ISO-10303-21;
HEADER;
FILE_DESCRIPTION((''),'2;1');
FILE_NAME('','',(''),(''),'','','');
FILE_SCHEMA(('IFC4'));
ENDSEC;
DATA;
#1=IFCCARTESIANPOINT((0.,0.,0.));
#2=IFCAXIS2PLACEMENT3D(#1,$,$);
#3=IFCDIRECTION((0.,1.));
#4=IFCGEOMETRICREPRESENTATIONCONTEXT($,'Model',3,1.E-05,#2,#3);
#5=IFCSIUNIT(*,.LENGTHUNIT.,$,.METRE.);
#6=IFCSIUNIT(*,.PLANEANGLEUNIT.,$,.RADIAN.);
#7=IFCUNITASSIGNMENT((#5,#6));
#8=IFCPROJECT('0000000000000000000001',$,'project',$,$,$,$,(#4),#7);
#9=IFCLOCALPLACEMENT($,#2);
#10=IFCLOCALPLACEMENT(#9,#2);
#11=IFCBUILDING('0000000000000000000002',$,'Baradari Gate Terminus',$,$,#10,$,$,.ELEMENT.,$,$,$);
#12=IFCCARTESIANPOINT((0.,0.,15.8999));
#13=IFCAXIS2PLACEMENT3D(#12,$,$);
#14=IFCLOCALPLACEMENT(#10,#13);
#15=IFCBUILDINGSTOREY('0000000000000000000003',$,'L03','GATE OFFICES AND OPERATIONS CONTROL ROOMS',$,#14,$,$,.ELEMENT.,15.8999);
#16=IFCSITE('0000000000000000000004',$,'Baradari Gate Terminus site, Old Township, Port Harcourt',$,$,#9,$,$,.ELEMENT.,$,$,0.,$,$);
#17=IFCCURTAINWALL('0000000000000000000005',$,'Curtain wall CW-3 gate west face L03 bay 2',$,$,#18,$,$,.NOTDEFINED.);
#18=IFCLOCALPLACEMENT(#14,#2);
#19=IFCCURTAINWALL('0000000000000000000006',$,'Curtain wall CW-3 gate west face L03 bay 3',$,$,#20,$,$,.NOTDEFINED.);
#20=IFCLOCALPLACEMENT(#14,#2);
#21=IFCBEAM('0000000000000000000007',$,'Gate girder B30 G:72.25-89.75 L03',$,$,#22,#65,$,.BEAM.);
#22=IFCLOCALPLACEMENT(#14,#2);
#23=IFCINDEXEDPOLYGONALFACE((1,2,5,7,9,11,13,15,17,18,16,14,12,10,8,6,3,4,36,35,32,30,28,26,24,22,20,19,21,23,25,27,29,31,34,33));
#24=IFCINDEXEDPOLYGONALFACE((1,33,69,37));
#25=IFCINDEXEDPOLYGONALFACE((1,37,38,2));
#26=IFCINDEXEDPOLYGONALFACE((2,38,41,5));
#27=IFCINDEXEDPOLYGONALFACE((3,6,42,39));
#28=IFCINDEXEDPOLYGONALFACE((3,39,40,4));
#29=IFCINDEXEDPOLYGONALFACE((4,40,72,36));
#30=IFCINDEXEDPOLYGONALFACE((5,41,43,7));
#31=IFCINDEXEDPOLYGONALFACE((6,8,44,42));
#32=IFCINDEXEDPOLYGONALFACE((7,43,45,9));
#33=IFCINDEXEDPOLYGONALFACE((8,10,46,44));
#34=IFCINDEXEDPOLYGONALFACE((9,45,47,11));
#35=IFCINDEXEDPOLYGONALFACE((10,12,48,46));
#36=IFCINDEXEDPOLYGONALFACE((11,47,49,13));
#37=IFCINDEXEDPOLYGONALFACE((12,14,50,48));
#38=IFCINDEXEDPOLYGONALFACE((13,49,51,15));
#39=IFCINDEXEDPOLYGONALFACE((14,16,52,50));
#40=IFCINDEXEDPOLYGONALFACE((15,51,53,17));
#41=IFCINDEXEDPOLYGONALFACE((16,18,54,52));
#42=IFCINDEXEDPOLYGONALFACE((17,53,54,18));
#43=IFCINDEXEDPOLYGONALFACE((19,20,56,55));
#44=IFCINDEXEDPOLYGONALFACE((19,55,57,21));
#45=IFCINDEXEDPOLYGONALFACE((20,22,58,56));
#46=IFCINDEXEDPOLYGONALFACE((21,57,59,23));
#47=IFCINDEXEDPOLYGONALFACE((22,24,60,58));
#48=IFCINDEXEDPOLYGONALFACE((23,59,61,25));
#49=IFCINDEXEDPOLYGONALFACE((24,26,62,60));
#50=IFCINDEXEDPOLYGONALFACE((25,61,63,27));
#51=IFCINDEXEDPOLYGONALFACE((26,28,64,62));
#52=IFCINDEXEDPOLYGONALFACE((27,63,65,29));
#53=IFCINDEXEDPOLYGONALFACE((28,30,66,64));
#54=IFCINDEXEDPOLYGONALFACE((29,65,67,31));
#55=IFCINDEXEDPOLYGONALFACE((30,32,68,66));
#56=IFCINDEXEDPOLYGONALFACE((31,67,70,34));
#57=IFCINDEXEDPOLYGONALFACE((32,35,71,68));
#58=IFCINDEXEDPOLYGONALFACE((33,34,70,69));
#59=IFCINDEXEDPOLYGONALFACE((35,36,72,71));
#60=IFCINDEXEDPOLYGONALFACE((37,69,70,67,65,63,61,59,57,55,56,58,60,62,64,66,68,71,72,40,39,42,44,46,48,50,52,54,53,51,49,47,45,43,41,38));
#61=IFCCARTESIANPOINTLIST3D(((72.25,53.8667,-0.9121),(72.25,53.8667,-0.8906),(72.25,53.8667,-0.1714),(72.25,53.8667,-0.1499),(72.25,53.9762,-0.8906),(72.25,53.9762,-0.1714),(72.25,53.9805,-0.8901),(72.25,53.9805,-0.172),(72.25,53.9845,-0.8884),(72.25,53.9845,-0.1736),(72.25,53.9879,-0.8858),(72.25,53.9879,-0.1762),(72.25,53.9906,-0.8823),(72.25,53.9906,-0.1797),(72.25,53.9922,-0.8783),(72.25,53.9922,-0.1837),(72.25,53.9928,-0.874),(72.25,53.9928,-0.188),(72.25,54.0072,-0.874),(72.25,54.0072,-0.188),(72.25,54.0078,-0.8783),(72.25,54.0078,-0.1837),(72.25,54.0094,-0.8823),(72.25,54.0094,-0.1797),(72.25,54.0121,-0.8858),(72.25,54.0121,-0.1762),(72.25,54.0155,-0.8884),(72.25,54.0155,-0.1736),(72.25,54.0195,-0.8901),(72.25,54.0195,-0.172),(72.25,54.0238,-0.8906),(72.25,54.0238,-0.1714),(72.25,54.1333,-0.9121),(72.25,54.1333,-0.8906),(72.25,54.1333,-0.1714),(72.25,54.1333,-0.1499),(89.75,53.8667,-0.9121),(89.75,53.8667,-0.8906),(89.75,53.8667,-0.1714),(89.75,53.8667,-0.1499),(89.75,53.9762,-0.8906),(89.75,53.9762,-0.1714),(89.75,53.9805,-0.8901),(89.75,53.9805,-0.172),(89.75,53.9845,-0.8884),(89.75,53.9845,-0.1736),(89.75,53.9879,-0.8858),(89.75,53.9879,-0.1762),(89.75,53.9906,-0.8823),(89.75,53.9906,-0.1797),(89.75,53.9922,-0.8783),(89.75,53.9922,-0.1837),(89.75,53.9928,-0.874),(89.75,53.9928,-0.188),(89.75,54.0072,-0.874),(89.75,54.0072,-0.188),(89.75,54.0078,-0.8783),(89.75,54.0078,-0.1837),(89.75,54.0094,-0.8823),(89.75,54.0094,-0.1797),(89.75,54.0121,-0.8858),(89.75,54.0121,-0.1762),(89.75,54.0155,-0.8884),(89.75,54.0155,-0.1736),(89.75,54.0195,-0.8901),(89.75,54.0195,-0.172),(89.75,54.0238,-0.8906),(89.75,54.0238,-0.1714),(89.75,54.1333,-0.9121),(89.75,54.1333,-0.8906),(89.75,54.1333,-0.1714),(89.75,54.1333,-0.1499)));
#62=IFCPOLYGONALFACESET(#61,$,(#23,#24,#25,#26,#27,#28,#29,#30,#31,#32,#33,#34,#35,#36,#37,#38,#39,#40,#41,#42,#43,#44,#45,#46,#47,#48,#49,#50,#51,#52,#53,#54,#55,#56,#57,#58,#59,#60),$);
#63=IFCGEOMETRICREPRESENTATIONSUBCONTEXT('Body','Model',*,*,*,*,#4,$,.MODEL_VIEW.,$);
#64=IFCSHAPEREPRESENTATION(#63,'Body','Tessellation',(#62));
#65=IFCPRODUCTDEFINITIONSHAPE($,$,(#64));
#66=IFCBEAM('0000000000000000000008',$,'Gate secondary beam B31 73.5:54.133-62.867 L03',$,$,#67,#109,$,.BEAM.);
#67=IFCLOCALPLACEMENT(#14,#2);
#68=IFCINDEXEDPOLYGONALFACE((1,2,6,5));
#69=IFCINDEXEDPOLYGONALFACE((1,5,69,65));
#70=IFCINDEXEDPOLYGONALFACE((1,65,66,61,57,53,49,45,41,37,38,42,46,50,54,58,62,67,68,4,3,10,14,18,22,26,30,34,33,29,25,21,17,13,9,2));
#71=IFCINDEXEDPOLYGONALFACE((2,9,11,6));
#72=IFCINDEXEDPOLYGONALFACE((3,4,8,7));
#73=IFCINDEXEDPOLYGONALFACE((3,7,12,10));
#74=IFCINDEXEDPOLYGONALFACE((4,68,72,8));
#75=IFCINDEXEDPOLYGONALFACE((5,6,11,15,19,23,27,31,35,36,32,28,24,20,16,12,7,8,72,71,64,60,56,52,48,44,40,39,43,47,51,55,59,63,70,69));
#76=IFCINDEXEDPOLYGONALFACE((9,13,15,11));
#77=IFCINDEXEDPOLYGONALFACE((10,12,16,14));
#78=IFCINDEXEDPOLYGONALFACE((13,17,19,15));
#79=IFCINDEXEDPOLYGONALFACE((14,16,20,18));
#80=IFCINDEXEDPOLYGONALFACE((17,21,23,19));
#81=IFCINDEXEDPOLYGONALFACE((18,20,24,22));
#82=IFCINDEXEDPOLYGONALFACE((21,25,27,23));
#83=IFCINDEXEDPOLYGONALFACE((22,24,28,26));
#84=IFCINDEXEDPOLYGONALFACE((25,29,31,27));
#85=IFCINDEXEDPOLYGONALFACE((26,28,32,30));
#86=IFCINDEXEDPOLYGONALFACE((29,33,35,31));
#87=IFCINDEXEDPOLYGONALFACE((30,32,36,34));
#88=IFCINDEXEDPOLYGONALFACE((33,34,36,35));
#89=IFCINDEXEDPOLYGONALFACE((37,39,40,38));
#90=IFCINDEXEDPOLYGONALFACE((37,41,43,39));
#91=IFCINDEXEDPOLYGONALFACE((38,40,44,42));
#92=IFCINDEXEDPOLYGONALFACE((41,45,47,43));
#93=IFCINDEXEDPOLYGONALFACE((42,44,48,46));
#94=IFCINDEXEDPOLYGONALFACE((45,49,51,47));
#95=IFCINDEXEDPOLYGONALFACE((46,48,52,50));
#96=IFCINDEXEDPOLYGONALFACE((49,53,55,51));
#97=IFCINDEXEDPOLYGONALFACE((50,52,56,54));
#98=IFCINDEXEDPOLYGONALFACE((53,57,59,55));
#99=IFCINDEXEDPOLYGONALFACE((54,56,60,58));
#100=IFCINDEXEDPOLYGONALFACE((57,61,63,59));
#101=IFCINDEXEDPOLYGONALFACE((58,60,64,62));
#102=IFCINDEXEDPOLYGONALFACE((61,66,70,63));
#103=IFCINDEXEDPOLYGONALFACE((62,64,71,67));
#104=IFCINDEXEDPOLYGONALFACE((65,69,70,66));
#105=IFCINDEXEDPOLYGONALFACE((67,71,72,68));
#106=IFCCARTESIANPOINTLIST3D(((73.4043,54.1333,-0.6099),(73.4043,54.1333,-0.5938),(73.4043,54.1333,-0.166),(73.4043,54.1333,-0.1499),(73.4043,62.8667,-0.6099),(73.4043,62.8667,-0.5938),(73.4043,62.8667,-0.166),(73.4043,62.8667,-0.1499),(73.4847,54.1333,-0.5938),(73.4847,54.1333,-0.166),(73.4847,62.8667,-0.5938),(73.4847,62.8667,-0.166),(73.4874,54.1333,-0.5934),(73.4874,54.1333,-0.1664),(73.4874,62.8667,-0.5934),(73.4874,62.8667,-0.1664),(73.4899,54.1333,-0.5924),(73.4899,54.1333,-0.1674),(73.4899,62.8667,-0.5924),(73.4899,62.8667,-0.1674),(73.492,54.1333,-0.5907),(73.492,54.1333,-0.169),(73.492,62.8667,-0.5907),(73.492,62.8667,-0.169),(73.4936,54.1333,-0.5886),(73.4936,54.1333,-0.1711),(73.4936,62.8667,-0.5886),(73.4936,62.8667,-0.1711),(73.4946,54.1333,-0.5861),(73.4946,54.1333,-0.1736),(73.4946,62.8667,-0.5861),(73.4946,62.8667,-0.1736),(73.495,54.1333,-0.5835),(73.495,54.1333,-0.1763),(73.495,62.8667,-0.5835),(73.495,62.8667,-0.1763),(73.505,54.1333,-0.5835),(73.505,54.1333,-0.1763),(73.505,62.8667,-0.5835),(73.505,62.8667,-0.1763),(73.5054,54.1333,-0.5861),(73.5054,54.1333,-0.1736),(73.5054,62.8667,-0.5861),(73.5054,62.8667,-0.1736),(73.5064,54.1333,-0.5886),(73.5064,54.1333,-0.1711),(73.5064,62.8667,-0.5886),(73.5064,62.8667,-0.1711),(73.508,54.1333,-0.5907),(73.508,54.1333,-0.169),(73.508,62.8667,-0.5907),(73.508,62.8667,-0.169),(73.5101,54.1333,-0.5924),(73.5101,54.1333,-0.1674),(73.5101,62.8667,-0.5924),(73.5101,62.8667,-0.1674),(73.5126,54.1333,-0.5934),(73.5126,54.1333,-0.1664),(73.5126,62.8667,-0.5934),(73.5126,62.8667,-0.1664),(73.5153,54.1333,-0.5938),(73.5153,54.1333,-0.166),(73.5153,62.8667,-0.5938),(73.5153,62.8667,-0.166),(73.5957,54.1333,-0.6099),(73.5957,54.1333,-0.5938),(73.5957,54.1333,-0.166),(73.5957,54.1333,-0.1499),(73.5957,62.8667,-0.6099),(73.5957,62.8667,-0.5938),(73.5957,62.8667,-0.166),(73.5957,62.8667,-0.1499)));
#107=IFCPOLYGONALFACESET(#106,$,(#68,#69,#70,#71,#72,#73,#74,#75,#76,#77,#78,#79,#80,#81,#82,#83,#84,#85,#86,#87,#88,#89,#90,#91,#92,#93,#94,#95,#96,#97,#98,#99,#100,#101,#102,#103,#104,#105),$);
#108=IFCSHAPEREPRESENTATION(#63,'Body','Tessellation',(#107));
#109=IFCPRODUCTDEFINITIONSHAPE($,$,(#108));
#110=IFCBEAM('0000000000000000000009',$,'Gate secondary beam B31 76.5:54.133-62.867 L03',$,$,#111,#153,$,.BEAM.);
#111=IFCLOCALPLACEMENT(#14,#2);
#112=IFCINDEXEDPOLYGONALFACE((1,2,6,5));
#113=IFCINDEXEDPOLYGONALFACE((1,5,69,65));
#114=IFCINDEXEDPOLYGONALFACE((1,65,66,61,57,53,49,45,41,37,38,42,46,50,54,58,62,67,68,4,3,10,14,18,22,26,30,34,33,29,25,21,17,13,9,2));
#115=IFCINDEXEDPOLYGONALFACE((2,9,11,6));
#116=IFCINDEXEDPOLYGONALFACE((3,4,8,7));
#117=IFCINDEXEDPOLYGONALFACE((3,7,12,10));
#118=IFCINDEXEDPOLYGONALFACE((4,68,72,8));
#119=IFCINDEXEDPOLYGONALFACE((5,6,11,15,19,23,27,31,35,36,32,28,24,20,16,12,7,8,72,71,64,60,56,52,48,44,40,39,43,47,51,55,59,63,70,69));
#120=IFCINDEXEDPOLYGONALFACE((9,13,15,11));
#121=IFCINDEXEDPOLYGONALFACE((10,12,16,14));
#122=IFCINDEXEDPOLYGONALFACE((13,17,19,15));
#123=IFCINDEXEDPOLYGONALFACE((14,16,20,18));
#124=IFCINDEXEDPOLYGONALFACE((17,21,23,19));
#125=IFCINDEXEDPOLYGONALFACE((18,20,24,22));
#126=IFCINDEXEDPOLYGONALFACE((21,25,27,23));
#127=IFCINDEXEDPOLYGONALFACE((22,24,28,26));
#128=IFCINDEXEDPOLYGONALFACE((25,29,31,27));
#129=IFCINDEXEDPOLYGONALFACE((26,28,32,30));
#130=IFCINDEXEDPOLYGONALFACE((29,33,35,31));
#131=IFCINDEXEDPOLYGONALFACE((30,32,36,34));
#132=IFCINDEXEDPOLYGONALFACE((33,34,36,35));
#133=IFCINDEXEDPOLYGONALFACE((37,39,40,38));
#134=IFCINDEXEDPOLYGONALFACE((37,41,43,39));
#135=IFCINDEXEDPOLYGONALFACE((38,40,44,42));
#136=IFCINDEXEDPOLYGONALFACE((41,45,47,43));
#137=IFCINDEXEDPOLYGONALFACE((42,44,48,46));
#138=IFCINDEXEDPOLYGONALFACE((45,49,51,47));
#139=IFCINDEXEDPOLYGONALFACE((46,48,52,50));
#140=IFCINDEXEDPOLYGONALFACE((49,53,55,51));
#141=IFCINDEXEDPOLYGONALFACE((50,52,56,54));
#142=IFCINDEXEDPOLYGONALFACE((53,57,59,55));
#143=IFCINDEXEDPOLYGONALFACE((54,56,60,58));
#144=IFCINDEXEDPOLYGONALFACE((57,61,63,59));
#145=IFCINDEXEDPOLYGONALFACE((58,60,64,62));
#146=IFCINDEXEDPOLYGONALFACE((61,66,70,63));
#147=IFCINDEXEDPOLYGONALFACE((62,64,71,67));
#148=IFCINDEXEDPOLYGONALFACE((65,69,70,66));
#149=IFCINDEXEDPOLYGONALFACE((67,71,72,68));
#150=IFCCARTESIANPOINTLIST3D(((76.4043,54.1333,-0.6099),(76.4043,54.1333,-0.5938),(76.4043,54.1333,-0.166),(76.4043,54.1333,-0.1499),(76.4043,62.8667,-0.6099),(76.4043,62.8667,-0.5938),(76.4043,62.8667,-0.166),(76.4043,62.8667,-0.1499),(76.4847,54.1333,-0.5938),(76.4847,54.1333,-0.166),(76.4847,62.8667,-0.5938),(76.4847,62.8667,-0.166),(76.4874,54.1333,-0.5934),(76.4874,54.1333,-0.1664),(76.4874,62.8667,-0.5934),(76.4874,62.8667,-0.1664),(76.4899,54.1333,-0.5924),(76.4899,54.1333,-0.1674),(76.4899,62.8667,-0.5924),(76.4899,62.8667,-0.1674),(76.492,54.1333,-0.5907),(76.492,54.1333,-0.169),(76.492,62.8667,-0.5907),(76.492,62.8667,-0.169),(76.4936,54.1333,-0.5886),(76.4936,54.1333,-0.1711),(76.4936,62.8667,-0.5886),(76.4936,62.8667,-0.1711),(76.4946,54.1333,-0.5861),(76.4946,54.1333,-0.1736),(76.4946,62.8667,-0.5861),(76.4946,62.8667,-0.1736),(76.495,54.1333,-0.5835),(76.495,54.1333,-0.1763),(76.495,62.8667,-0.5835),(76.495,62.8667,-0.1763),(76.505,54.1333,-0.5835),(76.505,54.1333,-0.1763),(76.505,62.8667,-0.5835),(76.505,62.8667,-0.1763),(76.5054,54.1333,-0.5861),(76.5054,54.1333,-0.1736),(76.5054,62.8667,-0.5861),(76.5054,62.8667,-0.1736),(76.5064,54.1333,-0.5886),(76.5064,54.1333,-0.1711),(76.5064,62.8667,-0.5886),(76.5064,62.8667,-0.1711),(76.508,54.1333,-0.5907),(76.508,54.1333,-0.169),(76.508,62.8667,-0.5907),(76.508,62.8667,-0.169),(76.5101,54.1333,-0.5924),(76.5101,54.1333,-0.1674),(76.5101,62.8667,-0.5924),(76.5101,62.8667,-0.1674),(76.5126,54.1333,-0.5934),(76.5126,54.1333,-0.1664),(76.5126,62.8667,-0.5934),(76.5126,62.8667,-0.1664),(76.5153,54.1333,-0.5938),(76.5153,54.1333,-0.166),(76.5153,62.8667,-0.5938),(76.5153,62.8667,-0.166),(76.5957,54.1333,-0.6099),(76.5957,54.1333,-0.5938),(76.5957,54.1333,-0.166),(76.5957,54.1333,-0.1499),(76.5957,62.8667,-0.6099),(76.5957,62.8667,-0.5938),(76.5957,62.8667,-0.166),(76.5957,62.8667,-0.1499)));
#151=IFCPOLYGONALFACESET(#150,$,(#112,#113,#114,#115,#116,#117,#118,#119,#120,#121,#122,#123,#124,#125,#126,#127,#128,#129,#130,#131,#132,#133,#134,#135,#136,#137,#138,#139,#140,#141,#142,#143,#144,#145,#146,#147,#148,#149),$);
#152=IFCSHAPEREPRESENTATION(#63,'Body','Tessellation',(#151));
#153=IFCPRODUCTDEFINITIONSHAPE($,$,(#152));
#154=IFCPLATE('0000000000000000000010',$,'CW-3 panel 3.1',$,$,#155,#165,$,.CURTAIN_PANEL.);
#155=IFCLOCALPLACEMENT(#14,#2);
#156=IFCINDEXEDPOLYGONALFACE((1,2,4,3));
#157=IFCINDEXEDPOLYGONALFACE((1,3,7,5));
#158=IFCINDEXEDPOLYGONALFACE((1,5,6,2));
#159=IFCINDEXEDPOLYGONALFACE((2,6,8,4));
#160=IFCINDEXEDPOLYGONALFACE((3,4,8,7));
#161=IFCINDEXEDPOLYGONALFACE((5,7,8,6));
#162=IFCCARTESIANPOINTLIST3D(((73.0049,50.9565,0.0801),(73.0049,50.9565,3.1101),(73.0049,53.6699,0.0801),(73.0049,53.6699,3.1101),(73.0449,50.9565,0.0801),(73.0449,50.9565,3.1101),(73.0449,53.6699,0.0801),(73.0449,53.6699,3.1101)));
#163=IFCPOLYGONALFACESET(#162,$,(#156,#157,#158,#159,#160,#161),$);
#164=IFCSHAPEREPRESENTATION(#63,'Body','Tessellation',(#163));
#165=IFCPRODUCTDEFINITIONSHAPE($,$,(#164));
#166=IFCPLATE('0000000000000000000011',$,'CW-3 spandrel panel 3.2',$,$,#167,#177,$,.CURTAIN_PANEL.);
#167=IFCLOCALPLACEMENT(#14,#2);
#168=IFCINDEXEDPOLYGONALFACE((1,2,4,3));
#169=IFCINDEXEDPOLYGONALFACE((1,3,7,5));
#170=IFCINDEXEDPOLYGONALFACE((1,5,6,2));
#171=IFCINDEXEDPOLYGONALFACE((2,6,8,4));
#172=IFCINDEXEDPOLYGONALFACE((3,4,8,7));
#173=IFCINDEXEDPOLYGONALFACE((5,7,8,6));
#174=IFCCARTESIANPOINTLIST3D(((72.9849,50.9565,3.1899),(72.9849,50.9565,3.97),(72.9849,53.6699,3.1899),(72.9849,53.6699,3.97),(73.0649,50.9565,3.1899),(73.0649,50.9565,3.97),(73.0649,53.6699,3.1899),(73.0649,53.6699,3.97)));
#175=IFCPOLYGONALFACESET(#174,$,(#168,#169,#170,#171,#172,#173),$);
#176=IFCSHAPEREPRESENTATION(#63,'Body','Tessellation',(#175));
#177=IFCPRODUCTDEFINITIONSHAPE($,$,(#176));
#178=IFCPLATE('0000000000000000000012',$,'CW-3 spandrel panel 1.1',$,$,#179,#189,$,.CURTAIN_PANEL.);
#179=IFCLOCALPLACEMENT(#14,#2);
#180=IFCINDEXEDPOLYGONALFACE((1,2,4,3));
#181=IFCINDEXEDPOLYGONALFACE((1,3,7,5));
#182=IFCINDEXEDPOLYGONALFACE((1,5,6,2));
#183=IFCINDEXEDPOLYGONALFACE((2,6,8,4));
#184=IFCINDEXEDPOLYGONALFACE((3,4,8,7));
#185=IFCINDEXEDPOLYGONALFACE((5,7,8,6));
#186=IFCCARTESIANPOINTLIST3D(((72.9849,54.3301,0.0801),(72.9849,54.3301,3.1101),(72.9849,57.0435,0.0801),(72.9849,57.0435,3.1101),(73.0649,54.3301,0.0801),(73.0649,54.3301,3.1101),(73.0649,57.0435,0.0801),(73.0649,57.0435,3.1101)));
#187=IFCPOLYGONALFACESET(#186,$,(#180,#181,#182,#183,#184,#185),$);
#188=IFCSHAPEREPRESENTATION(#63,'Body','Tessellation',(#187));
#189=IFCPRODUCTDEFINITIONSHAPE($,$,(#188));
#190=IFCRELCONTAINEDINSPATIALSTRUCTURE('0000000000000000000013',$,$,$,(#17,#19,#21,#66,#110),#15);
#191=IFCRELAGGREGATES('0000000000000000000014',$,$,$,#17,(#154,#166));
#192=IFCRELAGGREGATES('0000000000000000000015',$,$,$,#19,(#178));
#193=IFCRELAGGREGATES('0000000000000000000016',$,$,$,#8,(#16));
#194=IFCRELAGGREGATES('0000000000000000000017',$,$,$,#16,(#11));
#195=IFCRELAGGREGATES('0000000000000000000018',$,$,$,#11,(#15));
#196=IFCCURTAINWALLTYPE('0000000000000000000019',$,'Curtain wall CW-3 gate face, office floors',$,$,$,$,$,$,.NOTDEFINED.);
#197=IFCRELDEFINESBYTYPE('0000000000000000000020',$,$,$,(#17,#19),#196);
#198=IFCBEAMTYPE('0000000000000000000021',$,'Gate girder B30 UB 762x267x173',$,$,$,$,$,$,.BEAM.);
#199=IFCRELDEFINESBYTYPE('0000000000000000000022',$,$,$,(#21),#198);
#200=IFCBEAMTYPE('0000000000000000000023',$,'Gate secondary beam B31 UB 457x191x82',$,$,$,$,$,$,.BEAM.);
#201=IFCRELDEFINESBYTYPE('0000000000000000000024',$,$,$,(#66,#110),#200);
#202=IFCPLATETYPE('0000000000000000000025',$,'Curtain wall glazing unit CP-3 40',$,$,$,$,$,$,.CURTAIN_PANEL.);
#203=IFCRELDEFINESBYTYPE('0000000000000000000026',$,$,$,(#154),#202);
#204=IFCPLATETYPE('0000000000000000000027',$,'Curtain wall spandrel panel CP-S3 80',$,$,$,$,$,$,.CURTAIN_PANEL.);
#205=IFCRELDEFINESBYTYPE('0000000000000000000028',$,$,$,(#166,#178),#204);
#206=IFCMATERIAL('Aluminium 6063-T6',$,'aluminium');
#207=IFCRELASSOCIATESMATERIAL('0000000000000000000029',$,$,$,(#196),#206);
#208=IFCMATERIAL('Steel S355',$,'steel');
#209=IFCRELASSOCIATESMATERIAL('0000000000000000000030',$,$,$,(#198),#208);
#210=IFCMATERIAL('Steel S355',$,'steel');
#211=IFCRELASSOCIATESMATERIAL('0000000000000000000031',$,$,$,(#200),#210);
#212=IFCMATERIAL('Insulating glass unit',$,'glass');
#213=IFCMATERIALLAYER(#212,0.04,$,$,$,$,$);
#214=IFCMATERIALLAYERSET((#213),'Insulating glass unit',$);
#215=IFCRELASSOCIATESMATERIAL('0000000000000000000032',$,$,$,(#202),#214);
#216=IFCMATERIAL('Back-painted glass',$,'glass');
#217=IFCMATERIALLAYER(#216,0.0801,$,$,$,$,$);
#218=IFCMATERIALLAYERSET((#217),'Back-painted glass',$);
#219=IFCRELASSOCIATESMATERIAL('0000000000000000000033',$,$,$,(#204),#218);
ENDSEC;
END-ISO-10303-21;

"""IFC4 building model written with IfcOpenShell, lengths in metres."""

from ifc_helpers import new_model, si_unit, direction, frame, origin, origin_2d, place, context, subcontext, project, spatial, rectangle, i_section, extrude, material, layer, layer_set, material_profile, profile_set, type_object, element, aggregate, save


model = new_model("IFC4")

# Units and contexts
model_context = context("Model", 3, precision=1e-05, world=origin(), true_north=direction((0.0, 1.0)))
body_context = subcontext(model_context, "Body", "Model", "MODEL_VIEW")
ifc_project = project(units=[si_unit("LENGTHUNIT", "METRE"), si_unit("PLANEANGLEUNIT", "RADIAN")], contexts=[model_context])

# Site, building, storey
site_placement = place(None, origin())
site = spatial("IfcSite", under=ifc_project, at=site_placement, Name="Baradari Gate Terminus site, Old Township, Port Harcourt", CompositionType="ELEMENT", RefElevation=0.0)
building_placement = place(site_placement, origin())
building = spatial("IfcBuilding", under=site, at=building_placement, Name="Baradari Gate Terminus", CompositionType="ELEMENT")
storey_placement = place(building_placement, frame((0.0, 0.0, 15.8999)))
storey = spatial("IfcBuildingStorey", under=building, at=storey_placement, Name="L03", Description="GATE OFFICES AND OPERATIONS CONTROL ROOMS", CompositionType="ELEMENT", Elevation=15.8999)

# Curtain walls
ifc_material_1 = material(Name="Aluminium 6063-T6", Category="aluminium")
curtain_wall_type = type_object("IfcCurtainWallType", Name="Curtain wall CW-3 gate face, office floors", PredefinedType="NOTDEFINED", material=ifc_material_1)
curtain_wall_1_placement = place(storey_placement, origin())
curtain_wall_1 = element("IfcCurtainWall", 1, at=curtain_wall_1_placement, inside=storey, type_object=curtain_wall_type, Name="Curtain wall CW-3 gate west face L03 bay 2", PredefinedType="NOTDEFINED")
curtain_wall_2_placement = place(storey_placement, origin())
curtain_wall_2 = element("IfcCurtainWall", 2, at=curtain_wall_2_placement, inside=storey, type_object=curtain_wall_type, Name="Curtain wall CW-3 gate west face L03 bay 3", PredefinedType="NOTDEFINED")

# Beams
ifc_material_2 = material(Name="Steel S355", Category="steel")
ifc_material_profile_1 = material_profile(ifc_material_2, i_section(OverallWidth=0.2666, OverallDepth=0.7622, WebThickness=0.0144, FlangeThickness=0.0215, FilletRadius=0.0166, at=origin_2d()), Name="UB 762x267x173")
ifc_profile_set_1 = profile_set([ifc_material_profile_1], Name="Steel S355")
beam_type_1 = type_object("IfcBeamType", Name="Gate girder B30 UB 762x267x173", PredefinedType="BEAM", material=ifc_profile_set_1)
beam_placement = place(storey_placement, frame((72.25, 54.0, -0.531), z_axis=(1.0, 0.0, 0.0), x_axis=(0.0, 1.0, 0.0)))
element("IfcBeam", 3, at=beam_placement, inside=storey, type_object=beam_type_1, Name="Gate girder B30 G:72.25-89.75 L03", PredefinedType="BEAM", context=body_context, shape_type="SweptSolid", body=[
    extrude(i_section(OverallWidth=0.2666, OverallDepth=0.7622, WebThickness=0.0144, FlangeThickness=0.0215, FilletRadius=0.0166, at=origin_2d()), origin(), (0.0, 0.0, 1.0), 17.5),
])
ifc_material_3 = material(Name="Steel S355", Category="steel")
ifc_material_profile_2 = material_profile(ifc_material_3, i_section(OverallWidth=0.1914, OverallDepth=0.46, WebThickness=0.01, FlangeThickness=0.0161, FilletRadius=0.0103, at=origin_2d()), Name="UB 457x191x82")
ifc_profile_set_2 = profile_set([ifc_material_profile_2], Name="Steel S355")
beam_type_2 = type_object("IfcBeamType", Name="Gate secondary beam B31 UB 457x191x82", PredefinedType="BEAM", material=ifc_profile_set_2)
for number, where, z_axis, x_axis, name in (
    (4, (73.5, 54.1333, -0.3799), (0.0, 1.0, 0.0), (-1.0, 0.0, 0.0), "Gate secondary beam B31 73.5:54.133-62.867 L03"),
    (5, (76.5, 54.1333, -0.3799), (0.0, 1.0, 0.0), (-1.0, 0.0, 0.0), "Gate secondary beam B31 76.5:54.133-62.867 L03"),
):
    element("IfcBeam", number, at=place(storey_placement, frame(where, z_axis=z_axis, x_axis=x_axis)), inside=storey, type_object=beam_type_2, Name=name, PredefinedType="BEAM", context=body_context, shape_type="SweptSolid", body=[
        extrude(i_section(OverallWidth=0.1914, OverallDepth=0.46, WebThickness=0.01, FlangeThickness=0.0161, FilletRadius=0.0103, at=origin_2d()), origin(), (0.0, 0.0, 1.0), 8.7334),
    ])

# Plates
ifc_material_4 = material(Name="Insulating glass unit", Category="glass")
ifc_layer_1 = layer(ifc_material_4, 0.04)
ifc_layer_set_1 = layer_set([ifc_layer_1], Name="Insulating glass unit")
plate_type_1 = type_object("IfcPlateType", Name="Curtain wall glazing unit CP-3 40", PredefinedType="CURTAIN_PANEL", material=ifc_layer_set_1)
plate_1_placement = place(storey_placement, frame((73.0249, 52.3132, 0.0801), z_axis=(0.0, 0.0, 1.0), x_axis=(0.0, 1.0, 0.0)))
plate_1 = element("IfcPlate", 6, at=plate_1_placement, type_object=plate_type_1, Name="CW-3 panel 3.1", PredefinedType="CURTAIN_PANEL", context=body_context, shape_type="SweptSolid", body=[
    extrude(rectangle(XDim=2.7134, YDim=0.04, at=origin_2d()), origin(), (0.0, 0.0, 1.0), 3.03),
])
ifc_material_5 = material(Name="Back-painted glass", Category="glass")
ifc_layer_2 = layer(ifc_material_5, 0.0801)
ifc_layer_set_2 = layer_set([ifc_layer_2], Name="Back-painted glass")
plate_type_2 = type_object("IfcPlateType", Name="Curtain wall spandrel panel CP-S3 80", PredefinedType="CURTAIN_PANEL", material=ifc_layer_set_2)
plate_2_placement = place(storey_placement, frame((73.0249, 52.3132, 3.1899), z_axis=(0.0, 0.0, 1.0), x_axis=(0.0, 1.0, 0.0)))
plate_2 = element("IfcPlate", 7, at=plate_2_placement, type_object=plate_type_2, Name="CW-3 spandrel panel 3.2", PredefinedType="CURTAIN_PANEL", context=body_context, shape_type="SweptSolid", body=[
    extrude(rectangle(XDim=2.7134, YDim=0.0801, at=origin_2d()), origin(), (0.0, 0.0, 1.0), 0.78),
])
aggregate(curtain_wall_1, [plate_1, plate_2])
plate_3_placement = place(storey_placement, frame((73.0249, 55.6868, 0.0801), z_axis=(0.0, 0.0, 1.0), x_axis=(0.0, 1.0, 0.0)))
plate_3 = element("IfcPlate", 8, at=plate_3_placement, type_object=plate_type_2, Name="CW-3 spandrel panel 1.1", PredefinedType="CURTAIN_PANEL", context=body_context, shape_type="SweptSolid", body=[
    extrude(rectangle(XDim=2.7134, YDim=0.0801, at=origin_2d()), origin(), (0.0, 0.0, 1.0), 3.03),
])
aggregate(curtain_wall_2, [plate_3])

save(model, "model.ifc")
